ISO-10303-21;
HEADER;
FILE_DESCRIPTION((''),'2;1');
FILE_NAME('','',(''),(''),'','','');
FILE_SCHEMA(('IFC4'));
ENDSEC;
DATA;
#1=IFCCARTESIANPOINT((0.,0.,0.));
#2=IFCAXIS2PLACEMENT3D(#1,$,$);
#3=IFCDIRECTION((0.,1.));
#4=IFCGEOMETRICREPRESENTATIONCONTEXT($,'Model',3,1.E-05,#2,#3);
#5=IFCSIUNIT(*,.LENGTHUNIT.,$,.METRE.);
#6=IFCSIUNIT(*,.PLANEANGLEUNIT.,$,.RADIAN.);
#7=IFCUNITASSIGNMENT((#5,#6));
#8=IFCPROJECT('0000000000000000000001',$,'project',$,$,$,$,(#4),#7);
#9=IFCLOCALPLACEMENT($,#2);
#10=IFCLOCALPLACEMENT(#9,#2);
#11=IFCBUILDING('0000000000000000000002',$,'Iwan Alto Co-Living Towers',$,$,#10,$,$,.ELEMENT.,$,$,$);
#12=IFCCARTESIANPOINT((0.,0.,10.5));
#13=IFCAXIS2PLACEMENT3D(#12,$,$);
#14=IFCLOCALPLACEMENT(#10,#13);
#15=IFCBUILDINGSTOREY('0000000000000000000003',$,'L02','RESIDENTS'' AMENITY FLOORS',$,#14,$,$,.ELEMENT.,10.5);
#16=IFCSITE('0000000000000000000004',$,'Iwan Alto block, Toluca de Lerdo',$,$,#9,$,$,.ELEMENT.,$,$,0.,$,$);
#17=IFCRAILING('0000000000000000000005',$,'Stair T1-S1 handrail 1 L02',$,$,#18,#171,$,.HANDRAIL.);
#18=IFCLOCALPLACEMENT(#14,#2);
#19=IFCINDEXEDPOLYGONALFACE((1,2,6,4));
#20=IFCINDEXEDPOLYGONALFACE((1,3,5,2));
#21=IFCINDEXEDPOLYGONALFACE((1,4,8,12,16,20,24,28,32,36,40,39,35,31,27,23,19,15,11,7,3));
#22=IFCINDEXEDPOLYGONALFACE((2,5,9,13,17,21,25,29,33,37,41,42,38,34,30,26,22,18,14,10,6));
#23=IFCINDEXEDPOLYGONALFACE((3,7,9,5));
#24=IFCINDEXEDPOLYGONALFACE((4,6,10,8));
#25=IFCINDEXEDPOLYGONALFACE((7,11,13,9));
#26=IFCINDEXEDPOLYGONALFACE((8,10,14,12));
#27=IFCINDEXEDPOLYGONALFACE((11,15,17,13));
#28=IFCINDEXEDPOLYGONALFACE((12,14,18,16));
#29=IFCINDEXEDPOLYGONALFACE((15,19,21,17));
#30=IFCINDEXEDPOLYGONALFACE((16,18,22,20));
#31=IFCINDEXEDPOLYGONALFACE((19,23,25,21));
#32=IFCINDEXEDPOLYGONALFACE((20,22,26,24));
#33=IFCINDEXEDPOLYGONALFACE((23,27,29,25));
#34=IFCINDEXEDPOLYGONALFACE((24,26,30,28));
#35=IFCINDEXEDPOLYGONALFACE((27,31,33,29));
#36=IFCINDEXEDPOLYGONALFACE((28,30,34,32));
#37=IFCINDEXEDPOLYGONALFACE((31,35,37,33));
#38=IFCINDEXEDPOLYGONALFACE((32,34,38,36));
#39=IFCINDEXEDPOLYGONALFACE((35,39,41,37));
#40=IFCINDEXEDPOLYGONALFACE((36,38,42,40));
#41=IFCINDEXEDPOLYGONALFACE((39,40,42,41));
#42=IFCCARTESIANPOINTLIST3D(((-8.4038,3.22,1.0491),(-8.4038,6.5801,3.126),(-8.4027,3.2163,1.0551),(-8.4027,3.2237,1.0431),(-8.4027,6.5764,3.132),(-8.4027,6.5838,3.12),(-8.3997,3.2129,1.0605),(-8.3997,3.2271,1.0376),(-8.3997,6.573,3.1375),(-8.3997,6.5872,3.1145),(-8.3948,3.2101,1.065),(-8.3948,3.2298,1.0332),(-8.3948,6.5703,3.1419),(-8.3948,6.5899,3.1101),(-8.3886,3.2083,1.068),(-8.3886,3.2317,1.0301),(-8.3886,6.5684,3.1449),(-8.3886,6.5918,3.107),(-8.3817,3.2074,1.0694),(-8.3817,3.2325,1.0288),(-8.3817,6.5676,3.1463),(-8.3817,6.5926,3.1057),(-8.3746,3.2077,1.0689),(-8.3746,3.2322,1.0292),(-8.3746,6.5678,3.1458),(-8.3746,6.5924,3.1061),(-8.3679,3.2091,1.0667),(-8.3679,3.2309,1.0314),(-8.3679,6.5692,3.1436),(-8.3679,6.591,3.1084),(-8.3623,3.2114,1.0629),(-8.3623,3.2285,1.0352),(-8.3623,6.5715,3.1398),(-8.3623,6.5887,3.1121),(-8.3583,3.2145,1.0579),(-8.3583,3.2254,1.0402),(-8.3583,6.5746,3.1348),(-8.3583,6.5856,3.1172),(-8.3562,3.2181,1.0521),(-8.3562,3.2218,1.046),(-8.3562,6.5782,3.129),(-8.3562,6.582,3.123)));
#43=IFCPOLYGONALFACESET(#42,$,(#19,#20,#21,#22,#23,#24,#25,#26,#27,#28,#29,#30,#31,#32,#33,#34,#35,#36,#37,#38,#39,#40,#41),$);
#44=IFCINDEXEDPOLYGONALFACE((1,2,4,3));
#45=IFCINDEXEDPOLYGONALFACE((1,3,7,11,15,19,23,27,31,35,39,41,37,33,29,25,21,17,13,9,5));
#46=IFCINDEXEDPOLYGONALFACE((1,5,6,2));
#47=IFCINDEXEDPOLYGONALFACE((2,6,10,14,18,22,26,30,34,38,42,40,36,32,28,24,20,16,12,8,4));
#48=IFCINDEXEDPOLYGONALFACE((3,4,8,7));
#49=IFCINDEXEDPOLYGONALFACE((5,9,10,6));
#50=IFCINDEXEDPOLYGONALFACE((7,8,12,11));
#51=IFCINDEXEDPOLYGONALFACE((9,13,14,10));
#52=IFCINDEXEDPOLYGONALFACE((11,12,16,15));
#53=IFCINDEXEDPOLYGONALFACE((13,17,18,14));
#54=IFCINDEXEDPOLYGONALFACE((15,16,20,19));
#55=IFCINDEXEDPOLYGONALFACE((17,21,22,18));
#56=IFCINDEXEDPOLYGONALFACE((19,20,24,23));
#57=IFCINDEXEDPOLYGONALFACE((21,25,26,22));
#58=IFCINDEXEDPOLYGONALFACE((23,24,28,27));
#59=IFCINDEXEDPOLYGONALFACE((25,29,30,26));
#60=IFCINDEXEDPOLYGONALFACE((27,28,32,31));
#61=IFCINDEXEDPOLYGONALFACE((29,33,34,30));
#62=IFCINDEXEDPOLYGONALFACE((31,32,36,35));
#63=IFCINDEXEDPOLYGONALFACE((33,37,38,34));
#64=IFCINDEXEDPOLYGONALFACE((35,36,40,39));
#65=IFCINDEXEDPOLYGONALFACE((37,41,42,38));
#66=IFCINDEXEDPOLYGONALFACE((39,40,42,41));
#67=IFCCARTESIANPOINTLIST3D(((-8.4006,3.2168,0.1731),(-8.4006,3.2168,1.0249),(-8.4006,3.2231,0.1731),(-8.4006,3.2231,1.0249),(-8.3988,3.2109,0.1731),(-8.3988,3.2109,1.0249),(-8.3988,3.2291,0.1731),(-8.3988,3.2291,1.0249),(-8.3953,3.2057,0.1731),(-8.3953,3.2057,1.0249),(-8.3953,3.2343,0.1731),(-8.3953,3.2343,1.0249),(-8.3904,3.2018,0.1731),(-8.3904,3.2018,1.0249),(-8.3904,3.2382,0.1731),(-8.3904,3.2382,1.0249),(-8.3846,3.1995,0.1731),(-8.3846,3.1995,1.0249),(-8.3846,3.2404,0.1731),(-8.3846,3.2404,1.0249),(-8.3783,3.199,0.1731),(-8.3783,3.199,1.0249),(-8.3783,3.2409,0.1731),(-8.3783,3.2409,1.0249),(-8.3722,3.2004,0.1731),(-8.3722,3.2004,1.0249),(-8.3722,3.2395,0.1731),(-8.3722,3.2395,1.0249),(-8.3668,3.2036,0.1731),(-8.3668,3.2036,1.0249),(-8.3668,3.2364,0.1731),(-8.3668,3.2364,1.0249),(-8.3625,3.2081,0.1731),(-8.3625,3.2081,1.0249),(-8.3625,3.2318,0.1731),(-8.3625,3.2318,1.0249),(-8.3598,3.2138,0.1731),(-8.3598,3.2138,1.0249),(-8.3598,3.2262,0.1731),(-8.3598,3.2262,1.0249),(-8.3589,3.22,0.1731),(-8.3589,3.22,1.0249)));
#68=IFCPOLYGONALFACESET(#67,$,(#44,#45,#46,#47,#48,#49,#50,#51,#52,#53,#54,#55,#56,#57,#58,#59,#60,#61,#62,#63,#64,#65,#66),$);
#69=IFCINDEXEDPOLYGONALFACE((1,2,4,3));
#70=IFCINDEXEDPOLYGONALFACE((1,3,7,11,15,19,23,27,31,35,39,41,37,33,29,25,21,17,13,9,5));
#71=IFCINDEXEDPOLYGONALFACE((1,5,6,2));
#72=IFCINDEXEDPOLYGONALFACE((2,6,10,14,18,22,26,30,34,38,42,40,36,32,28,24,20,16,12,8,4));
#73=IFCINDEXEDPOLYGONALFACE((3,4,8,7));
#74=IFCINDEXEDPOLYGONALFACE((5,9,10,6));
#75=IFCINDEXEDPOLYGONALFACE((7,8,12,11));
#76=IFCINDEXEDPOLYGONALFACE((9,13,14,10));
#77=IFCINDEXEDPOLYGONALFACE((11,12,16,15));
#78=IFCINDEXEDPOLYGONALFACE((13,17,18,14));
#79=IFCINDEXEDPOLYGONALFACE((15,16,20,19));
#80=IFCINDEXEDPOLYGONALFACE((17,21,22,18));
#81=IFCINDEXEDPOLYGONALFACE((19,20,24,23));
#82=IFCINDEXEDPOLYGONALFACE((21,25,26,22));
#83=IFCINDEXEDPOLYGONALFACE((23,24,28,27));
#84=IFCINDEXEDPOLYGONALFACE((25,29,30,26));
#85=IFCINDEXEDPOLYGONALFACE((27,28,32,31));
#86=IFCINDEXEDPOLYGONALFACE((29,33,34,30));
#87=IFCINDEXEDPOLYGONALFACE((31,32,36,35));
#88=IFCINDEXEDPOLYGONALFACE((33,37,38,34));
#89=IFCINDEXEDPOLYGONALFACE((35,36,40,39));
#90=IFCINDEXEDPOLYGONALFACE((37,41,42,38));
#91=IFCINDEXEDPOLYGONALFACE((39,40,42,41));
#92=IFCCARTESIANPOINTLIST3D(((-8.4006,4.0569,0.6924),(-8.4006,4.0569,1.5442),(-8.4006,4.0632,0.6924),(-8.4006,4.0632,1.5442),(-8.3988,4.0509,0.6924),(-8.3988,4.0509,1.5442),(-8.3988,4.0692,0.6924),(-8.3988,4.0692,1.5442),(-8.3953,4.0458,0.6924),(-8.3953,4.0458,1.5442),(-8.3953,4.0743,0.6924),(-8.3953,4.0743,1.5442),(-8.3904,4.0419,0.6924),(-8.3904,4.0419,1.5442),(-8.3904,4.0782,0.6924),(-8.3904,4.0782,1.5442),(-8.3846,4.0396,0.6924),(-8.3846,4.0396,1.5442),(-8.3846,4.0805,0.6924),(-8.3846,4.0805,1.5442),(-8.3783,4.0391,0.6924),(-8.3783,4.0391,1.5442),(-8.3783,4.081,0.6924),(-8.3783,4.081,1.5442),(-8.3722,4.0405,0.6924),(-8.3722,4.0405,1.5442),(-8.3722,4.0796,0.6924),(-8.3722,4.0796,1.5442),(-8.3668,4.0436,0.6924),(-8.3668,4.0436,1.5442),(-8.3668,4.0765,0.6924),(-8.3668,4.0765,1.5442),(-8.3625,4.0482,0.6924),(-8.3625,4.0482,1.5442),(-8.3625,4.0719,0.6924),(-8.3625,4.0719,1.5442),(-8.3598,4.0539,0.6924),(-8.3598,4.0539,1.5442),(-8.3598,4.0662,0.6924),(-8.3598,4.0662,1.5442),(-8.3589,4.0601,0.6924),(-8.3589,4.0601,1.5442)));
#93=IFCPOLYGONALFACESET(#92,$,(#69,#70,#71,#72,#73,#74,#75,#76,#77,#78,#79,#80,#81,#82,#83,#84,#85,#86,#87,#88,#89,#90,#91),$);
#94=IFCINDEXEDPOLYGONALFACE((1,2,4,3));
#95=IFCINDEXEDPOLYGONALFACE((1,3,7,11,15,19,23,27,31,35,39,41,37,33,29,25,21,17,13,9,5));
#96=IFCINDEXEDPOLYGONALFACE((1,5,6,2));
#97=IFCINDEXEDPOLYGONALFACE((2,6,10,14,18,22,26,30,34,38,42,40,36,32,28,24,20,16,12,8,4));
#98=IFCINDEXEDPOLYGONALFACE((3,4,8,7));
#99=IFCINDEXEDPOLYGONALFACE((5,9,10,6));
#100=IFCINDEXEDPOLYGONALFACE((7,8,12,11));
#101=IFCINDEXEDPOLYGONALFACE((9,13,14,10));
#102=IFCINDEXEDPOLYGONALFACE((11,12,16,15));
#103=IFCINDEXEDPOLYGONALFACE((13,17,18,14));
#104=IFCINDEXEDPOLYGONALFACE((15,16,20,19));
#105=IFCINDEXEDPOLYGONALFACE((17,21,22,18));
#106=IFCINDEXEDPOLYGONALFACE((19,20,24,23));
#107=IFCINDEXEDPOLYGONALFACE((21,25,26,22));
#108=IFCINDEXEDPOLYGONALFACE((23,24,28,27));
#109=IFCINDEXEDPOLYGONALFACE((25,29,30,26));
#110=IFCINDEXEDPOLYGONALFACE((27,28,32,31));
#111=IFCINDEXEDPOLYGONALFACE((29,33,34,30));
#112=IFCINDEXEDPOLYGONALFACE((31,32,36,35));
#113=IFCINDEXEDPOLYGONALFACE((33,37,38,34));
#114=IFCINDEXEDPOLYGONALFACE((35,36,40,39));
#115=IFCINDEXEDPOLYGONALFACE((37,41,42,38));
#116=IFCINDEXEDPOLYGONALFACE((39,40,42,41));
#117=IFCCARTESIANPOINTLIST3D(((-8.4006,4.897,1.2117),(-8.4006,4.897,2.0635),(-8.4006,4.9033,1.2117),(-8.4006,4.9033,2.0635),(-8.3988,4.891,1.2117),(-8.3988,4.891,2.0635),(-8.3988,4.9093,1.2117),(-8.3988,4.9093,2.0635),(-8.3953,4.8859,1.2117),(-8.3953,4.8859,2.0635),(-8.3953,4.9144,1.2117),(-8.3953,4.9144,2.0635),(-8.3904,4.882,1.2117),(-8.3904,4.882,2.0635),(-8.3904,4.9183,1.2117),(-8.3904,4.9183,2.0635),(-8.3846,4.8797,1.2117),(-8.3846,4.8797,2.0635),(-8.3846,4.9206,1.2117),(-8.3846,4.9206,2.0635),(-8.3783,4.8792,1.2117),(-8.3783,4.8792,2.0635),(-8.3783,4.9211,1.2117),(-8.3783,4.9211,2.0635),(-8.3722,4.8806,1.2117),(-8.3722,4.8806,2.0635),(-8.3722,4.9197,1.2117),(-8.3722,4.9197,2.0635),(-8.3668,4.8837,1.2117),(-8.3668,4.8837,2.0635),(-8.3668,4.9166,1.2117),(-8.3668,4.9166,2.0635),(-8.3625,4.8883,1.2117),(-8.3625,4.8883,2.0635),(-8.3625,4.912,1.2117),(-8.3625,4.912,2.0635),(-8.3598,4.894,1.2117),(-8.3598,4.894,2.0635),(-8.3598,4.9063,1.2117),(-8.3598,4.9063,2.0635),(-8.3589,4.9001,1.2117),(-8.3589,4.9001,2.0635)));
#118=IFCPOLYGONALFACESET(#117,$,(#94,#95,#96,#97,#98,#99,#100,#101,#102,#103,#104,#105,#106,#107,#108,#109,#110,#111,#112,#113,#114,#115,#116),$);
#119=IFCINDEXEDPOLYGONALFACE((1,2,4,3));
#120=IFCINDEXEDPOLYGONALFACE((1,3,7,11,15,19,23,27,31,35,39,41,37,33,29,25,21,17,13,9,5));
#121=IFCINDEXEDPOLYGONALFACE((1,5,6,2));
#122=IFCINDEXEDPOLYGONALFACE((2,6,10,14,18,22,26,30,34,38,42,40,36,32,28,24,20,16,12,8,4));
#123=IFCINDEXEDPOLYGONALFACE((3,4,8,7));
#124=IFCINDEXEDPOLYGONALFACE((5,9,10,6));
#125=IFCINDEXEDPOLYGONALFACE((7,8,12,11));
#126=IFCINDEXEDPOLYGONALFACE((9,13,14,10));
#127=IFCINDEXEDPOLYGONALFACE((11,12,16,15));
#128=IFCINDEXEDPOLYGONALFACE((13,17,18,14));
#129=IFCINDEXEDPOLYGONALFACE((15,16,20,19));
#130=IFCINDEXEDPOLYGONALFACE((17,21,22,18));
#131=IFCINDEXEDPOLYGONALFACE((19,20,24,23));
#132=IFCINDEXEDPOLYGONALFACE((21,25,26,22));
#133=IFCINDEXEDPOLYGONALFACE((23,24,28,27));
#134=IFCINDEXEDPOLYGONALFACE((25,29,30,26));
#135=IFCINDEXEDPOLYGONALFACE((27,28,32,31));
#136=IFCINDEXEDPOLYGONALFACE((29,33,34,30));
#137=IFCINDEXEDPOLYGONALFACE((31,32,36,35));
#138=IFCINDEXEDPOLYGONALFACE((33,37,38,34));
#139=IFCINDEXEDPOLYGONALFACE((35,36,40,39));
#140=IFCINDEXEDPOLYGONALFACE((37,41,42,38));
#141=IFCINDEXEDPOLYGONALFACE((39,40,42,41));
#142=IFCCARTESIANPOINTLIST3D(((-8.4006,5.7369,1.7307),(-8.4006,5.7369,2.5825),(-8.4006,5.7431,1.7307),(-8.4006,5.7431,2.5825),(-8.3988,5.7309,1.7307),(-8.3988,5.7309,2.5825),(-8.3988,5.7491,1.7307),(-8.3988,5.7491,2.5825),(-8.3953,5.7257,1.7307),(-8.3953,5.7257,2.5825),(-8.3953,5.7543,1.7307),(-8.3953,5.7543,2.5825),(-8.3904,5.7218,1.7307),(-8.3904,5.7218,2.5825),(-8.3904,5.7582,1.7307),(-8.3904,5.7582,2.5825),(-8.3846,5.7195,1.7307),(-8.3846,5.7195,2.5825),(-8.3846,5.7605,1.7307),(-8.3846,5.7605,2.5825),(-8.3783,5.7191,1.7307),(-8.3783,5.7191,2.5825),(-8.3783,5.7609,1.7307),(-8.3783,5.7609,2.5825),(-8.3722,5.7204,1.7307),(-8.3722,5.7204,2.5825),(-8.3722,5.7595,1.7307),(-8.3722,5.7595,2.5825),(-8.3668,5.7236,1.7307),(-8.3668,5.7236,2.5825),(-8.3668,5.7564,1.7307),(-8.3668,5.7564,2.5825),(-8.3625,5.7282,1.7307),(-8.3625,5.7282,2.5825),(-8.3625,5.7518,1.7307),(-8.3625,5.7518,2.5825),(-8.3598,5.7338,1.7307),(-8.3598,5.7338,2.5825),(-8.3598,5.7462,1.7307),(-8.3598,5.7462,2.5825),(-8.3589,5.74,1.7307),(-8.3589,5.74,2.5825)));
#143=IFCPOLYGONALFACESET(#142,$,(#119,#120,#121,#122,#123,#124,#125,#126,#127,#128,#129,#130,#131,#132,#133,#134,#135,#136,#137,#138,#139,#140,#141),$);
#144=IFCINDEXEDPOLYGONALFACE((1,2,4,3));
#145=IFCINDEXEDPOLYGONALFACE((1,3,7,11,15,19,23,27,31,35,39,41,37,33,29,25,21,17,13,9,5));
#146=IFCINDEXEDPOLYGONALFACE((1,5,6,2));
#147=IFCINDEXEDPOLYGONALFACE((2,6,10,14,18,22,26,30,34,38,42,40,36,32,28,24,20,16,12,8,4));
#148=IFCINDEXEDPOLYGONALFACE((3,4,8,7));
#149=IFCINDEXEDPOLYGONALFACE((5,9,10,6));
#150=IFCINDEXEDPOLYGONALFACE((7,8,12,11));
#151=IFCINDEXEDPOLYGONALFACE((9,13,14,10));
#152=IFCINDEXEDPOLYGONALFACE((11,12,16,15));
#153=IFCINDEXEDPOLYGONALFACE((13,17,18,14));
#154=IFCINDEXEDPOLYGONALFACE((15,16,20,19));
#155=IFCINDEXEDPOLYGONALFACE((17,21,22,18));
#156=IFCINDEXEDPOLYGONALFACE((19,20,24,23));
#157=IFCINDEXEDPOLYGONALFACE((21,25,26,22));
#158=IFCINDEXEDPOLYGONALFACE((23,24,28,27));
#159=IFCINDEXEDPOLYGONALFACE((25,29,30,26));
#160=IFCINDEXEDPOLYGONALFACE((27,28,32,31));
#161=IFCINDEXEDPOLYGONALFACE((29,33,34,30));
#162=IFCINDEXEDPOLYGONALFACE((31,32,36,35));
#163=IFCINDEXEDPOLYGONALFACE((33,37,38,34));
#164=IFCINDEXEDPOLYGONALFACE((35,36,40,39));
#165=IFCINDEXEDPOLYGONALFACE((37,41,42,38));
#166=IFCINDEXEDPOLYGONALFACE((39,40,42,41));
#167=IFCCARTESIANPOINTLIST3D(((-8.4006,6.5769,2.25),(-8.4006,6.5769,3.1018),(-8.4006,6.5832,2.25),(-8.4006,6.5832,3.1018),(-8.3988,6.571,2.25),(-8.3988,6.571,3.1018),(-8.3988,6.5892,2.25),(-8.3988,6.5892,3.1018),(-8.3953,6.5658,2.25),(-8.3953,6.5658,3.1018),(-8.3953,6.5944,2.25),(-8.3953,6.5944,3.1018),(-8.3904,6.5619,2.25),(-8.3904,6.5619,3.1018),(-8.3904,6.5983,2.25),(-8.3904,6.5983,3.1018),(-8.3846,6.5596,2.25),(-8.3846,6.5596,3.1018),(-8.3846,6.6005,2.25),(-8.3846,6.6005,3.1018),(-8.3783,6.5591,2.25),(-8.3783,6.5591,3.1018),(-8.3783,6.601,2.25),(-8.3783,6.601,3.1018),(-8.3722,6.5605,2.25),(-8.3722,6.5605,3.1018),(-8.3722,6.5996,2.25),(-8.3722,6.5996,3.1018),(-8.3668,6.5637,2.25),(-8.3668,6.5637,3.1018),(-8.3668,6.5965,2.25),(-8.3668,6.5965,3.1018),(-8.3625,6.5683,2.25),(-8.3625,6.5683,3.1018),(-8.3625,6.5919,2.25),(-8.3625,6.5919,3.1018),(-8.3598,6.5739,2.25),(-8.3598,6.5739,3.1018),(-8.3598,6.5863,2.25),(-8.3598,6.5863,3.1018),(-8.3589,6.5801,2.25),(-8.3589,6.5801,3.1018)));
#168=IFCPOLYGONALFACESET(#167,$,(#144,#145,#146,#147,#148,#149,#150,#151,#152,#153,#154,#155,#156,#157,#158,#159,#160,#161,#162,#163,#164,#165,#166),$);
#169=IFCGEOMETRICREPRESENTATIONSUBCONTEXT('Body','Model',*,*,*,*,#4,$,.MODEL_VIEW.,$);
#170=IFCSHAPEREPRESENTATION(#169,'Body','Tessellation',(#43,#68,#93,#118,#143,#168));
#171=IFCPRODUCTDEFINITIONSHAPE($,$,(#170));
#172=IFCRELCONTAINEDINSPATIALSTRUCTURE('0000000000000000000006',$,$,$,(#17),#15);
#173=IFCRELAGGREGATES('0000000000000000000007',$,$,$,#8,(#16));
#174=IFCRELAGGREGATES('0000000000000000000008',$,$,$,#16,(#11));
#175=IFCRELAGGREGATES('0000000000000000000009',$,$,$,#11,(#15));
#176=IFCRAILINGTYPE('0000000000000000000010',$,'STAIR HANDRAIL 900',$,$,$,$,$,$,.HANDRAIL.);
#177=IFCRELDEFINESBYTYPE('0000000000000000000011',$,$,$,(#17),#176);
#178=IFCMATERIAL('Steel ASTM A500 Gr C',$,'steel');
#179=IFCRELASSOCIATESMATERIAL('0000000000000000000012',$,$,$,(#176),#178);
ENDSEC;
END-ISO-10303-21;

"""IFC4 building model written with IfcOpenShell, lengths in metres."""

from ifc_helpers import new_model, si_unit, direction, frame, origin, origin_2d, place, context, subcontext, project, spatial, circle, extrude, material, type_object, element, save


model = new_model("IFC4")

# Units and contexts
model_context = context("Model", 3, precision=1e-05, world=origin(), true_north=direction((0.0, 1.0)))
body_context = subcontext(model_context, "Body", "Model", "MODEL_VIEW")
ifc_project = project(units=[si_unit("LENGTHUNIT", "METRE"), si_unit("PLANEANGLEUNIT", "RADIAN")], contexts=[model_context])

# Site, building, storey
site_placement = place(None, origin())
site = spatial("IfcSite", under=ifc_project, at=site_placement, Name="Iwan Alto block, Toluca de Lerdo", CompositionType="ELEMENT", RefElevation=0.0)
building_placement = place(site_placement, origin())
building = spatial("IfcBuilding", under=site, at=building_placement, Name="Iwan Alto Co-Living Towers", CompositionType="ELEMENT")
storey_placement = place(building_placement, frame((0.0, 0.0, 10.5)))
storey = spatial("IfcBuildingStorey", under=building, at=storey_placement, Name="L02", Description="RESIDENTS' AMENITY FLOORS", CompositionType="ELEMENT", Elevation=10.5)

# Railing
ifc_material_1 = material(Name="Steel ASTM A500 Gr C", Category="steel")
railing_type_1 = type_object("IfcRailingType", Name="STAIR HANDRAIL 900", PredefinedType="HANDRAIL", material=ifc_material_1)
railing_1_placement = place(storey_placement, frame((-8.3799, 3.22, 0.1731)))
element("IfcRailing", 1, at=railing_1_placement, inside=storey, type_object=railing_type_1, Name="Stair T1-S1 handrail 1 L02", PredefinedType="HANDRAIL", context=body_context, shape_type="SweptSolid", body=[
    extrude(circle(Radius=0.0239, at=origin_2d()), frame((0.0, 0.0, 0.876), z_axis=(0.0, 0.850623, 0.525776), x_axis=(-1.0, 0.0, 0.0)), (0.0, 0.0, 1.0), 3.9502),
    extrude(circle(Radius=0.021, at=origin_2d()), origin(), (0.0, 0.0, 1.0), 0.8518),
    extrude(circle(Radius=0.021, at=origin_2d()), frame((0.0, 0.8401, 0.5193)), (0.0, 0.0, 1.0), 0.8518),
    extrude(circle(Radius=0.021, at=origin_2d()), frame((0.0, 1.6802, 1.0386)), (0.0, 0.0, 1.0), 0.8518),
    extrude(circle(Radius=0.021, at=origin_2d()), frame((0.0, 2.52, 1.5576)), (0.0, 0.0, 1.0), 0.8518),
    extrude(circle(Radius=0.021, at=origin_2d()), frame((0.0, 3.3601, 2.0769)), (0.0, 0.0, 1.0), 0.8518),
])

save(model, "model.ifc")
